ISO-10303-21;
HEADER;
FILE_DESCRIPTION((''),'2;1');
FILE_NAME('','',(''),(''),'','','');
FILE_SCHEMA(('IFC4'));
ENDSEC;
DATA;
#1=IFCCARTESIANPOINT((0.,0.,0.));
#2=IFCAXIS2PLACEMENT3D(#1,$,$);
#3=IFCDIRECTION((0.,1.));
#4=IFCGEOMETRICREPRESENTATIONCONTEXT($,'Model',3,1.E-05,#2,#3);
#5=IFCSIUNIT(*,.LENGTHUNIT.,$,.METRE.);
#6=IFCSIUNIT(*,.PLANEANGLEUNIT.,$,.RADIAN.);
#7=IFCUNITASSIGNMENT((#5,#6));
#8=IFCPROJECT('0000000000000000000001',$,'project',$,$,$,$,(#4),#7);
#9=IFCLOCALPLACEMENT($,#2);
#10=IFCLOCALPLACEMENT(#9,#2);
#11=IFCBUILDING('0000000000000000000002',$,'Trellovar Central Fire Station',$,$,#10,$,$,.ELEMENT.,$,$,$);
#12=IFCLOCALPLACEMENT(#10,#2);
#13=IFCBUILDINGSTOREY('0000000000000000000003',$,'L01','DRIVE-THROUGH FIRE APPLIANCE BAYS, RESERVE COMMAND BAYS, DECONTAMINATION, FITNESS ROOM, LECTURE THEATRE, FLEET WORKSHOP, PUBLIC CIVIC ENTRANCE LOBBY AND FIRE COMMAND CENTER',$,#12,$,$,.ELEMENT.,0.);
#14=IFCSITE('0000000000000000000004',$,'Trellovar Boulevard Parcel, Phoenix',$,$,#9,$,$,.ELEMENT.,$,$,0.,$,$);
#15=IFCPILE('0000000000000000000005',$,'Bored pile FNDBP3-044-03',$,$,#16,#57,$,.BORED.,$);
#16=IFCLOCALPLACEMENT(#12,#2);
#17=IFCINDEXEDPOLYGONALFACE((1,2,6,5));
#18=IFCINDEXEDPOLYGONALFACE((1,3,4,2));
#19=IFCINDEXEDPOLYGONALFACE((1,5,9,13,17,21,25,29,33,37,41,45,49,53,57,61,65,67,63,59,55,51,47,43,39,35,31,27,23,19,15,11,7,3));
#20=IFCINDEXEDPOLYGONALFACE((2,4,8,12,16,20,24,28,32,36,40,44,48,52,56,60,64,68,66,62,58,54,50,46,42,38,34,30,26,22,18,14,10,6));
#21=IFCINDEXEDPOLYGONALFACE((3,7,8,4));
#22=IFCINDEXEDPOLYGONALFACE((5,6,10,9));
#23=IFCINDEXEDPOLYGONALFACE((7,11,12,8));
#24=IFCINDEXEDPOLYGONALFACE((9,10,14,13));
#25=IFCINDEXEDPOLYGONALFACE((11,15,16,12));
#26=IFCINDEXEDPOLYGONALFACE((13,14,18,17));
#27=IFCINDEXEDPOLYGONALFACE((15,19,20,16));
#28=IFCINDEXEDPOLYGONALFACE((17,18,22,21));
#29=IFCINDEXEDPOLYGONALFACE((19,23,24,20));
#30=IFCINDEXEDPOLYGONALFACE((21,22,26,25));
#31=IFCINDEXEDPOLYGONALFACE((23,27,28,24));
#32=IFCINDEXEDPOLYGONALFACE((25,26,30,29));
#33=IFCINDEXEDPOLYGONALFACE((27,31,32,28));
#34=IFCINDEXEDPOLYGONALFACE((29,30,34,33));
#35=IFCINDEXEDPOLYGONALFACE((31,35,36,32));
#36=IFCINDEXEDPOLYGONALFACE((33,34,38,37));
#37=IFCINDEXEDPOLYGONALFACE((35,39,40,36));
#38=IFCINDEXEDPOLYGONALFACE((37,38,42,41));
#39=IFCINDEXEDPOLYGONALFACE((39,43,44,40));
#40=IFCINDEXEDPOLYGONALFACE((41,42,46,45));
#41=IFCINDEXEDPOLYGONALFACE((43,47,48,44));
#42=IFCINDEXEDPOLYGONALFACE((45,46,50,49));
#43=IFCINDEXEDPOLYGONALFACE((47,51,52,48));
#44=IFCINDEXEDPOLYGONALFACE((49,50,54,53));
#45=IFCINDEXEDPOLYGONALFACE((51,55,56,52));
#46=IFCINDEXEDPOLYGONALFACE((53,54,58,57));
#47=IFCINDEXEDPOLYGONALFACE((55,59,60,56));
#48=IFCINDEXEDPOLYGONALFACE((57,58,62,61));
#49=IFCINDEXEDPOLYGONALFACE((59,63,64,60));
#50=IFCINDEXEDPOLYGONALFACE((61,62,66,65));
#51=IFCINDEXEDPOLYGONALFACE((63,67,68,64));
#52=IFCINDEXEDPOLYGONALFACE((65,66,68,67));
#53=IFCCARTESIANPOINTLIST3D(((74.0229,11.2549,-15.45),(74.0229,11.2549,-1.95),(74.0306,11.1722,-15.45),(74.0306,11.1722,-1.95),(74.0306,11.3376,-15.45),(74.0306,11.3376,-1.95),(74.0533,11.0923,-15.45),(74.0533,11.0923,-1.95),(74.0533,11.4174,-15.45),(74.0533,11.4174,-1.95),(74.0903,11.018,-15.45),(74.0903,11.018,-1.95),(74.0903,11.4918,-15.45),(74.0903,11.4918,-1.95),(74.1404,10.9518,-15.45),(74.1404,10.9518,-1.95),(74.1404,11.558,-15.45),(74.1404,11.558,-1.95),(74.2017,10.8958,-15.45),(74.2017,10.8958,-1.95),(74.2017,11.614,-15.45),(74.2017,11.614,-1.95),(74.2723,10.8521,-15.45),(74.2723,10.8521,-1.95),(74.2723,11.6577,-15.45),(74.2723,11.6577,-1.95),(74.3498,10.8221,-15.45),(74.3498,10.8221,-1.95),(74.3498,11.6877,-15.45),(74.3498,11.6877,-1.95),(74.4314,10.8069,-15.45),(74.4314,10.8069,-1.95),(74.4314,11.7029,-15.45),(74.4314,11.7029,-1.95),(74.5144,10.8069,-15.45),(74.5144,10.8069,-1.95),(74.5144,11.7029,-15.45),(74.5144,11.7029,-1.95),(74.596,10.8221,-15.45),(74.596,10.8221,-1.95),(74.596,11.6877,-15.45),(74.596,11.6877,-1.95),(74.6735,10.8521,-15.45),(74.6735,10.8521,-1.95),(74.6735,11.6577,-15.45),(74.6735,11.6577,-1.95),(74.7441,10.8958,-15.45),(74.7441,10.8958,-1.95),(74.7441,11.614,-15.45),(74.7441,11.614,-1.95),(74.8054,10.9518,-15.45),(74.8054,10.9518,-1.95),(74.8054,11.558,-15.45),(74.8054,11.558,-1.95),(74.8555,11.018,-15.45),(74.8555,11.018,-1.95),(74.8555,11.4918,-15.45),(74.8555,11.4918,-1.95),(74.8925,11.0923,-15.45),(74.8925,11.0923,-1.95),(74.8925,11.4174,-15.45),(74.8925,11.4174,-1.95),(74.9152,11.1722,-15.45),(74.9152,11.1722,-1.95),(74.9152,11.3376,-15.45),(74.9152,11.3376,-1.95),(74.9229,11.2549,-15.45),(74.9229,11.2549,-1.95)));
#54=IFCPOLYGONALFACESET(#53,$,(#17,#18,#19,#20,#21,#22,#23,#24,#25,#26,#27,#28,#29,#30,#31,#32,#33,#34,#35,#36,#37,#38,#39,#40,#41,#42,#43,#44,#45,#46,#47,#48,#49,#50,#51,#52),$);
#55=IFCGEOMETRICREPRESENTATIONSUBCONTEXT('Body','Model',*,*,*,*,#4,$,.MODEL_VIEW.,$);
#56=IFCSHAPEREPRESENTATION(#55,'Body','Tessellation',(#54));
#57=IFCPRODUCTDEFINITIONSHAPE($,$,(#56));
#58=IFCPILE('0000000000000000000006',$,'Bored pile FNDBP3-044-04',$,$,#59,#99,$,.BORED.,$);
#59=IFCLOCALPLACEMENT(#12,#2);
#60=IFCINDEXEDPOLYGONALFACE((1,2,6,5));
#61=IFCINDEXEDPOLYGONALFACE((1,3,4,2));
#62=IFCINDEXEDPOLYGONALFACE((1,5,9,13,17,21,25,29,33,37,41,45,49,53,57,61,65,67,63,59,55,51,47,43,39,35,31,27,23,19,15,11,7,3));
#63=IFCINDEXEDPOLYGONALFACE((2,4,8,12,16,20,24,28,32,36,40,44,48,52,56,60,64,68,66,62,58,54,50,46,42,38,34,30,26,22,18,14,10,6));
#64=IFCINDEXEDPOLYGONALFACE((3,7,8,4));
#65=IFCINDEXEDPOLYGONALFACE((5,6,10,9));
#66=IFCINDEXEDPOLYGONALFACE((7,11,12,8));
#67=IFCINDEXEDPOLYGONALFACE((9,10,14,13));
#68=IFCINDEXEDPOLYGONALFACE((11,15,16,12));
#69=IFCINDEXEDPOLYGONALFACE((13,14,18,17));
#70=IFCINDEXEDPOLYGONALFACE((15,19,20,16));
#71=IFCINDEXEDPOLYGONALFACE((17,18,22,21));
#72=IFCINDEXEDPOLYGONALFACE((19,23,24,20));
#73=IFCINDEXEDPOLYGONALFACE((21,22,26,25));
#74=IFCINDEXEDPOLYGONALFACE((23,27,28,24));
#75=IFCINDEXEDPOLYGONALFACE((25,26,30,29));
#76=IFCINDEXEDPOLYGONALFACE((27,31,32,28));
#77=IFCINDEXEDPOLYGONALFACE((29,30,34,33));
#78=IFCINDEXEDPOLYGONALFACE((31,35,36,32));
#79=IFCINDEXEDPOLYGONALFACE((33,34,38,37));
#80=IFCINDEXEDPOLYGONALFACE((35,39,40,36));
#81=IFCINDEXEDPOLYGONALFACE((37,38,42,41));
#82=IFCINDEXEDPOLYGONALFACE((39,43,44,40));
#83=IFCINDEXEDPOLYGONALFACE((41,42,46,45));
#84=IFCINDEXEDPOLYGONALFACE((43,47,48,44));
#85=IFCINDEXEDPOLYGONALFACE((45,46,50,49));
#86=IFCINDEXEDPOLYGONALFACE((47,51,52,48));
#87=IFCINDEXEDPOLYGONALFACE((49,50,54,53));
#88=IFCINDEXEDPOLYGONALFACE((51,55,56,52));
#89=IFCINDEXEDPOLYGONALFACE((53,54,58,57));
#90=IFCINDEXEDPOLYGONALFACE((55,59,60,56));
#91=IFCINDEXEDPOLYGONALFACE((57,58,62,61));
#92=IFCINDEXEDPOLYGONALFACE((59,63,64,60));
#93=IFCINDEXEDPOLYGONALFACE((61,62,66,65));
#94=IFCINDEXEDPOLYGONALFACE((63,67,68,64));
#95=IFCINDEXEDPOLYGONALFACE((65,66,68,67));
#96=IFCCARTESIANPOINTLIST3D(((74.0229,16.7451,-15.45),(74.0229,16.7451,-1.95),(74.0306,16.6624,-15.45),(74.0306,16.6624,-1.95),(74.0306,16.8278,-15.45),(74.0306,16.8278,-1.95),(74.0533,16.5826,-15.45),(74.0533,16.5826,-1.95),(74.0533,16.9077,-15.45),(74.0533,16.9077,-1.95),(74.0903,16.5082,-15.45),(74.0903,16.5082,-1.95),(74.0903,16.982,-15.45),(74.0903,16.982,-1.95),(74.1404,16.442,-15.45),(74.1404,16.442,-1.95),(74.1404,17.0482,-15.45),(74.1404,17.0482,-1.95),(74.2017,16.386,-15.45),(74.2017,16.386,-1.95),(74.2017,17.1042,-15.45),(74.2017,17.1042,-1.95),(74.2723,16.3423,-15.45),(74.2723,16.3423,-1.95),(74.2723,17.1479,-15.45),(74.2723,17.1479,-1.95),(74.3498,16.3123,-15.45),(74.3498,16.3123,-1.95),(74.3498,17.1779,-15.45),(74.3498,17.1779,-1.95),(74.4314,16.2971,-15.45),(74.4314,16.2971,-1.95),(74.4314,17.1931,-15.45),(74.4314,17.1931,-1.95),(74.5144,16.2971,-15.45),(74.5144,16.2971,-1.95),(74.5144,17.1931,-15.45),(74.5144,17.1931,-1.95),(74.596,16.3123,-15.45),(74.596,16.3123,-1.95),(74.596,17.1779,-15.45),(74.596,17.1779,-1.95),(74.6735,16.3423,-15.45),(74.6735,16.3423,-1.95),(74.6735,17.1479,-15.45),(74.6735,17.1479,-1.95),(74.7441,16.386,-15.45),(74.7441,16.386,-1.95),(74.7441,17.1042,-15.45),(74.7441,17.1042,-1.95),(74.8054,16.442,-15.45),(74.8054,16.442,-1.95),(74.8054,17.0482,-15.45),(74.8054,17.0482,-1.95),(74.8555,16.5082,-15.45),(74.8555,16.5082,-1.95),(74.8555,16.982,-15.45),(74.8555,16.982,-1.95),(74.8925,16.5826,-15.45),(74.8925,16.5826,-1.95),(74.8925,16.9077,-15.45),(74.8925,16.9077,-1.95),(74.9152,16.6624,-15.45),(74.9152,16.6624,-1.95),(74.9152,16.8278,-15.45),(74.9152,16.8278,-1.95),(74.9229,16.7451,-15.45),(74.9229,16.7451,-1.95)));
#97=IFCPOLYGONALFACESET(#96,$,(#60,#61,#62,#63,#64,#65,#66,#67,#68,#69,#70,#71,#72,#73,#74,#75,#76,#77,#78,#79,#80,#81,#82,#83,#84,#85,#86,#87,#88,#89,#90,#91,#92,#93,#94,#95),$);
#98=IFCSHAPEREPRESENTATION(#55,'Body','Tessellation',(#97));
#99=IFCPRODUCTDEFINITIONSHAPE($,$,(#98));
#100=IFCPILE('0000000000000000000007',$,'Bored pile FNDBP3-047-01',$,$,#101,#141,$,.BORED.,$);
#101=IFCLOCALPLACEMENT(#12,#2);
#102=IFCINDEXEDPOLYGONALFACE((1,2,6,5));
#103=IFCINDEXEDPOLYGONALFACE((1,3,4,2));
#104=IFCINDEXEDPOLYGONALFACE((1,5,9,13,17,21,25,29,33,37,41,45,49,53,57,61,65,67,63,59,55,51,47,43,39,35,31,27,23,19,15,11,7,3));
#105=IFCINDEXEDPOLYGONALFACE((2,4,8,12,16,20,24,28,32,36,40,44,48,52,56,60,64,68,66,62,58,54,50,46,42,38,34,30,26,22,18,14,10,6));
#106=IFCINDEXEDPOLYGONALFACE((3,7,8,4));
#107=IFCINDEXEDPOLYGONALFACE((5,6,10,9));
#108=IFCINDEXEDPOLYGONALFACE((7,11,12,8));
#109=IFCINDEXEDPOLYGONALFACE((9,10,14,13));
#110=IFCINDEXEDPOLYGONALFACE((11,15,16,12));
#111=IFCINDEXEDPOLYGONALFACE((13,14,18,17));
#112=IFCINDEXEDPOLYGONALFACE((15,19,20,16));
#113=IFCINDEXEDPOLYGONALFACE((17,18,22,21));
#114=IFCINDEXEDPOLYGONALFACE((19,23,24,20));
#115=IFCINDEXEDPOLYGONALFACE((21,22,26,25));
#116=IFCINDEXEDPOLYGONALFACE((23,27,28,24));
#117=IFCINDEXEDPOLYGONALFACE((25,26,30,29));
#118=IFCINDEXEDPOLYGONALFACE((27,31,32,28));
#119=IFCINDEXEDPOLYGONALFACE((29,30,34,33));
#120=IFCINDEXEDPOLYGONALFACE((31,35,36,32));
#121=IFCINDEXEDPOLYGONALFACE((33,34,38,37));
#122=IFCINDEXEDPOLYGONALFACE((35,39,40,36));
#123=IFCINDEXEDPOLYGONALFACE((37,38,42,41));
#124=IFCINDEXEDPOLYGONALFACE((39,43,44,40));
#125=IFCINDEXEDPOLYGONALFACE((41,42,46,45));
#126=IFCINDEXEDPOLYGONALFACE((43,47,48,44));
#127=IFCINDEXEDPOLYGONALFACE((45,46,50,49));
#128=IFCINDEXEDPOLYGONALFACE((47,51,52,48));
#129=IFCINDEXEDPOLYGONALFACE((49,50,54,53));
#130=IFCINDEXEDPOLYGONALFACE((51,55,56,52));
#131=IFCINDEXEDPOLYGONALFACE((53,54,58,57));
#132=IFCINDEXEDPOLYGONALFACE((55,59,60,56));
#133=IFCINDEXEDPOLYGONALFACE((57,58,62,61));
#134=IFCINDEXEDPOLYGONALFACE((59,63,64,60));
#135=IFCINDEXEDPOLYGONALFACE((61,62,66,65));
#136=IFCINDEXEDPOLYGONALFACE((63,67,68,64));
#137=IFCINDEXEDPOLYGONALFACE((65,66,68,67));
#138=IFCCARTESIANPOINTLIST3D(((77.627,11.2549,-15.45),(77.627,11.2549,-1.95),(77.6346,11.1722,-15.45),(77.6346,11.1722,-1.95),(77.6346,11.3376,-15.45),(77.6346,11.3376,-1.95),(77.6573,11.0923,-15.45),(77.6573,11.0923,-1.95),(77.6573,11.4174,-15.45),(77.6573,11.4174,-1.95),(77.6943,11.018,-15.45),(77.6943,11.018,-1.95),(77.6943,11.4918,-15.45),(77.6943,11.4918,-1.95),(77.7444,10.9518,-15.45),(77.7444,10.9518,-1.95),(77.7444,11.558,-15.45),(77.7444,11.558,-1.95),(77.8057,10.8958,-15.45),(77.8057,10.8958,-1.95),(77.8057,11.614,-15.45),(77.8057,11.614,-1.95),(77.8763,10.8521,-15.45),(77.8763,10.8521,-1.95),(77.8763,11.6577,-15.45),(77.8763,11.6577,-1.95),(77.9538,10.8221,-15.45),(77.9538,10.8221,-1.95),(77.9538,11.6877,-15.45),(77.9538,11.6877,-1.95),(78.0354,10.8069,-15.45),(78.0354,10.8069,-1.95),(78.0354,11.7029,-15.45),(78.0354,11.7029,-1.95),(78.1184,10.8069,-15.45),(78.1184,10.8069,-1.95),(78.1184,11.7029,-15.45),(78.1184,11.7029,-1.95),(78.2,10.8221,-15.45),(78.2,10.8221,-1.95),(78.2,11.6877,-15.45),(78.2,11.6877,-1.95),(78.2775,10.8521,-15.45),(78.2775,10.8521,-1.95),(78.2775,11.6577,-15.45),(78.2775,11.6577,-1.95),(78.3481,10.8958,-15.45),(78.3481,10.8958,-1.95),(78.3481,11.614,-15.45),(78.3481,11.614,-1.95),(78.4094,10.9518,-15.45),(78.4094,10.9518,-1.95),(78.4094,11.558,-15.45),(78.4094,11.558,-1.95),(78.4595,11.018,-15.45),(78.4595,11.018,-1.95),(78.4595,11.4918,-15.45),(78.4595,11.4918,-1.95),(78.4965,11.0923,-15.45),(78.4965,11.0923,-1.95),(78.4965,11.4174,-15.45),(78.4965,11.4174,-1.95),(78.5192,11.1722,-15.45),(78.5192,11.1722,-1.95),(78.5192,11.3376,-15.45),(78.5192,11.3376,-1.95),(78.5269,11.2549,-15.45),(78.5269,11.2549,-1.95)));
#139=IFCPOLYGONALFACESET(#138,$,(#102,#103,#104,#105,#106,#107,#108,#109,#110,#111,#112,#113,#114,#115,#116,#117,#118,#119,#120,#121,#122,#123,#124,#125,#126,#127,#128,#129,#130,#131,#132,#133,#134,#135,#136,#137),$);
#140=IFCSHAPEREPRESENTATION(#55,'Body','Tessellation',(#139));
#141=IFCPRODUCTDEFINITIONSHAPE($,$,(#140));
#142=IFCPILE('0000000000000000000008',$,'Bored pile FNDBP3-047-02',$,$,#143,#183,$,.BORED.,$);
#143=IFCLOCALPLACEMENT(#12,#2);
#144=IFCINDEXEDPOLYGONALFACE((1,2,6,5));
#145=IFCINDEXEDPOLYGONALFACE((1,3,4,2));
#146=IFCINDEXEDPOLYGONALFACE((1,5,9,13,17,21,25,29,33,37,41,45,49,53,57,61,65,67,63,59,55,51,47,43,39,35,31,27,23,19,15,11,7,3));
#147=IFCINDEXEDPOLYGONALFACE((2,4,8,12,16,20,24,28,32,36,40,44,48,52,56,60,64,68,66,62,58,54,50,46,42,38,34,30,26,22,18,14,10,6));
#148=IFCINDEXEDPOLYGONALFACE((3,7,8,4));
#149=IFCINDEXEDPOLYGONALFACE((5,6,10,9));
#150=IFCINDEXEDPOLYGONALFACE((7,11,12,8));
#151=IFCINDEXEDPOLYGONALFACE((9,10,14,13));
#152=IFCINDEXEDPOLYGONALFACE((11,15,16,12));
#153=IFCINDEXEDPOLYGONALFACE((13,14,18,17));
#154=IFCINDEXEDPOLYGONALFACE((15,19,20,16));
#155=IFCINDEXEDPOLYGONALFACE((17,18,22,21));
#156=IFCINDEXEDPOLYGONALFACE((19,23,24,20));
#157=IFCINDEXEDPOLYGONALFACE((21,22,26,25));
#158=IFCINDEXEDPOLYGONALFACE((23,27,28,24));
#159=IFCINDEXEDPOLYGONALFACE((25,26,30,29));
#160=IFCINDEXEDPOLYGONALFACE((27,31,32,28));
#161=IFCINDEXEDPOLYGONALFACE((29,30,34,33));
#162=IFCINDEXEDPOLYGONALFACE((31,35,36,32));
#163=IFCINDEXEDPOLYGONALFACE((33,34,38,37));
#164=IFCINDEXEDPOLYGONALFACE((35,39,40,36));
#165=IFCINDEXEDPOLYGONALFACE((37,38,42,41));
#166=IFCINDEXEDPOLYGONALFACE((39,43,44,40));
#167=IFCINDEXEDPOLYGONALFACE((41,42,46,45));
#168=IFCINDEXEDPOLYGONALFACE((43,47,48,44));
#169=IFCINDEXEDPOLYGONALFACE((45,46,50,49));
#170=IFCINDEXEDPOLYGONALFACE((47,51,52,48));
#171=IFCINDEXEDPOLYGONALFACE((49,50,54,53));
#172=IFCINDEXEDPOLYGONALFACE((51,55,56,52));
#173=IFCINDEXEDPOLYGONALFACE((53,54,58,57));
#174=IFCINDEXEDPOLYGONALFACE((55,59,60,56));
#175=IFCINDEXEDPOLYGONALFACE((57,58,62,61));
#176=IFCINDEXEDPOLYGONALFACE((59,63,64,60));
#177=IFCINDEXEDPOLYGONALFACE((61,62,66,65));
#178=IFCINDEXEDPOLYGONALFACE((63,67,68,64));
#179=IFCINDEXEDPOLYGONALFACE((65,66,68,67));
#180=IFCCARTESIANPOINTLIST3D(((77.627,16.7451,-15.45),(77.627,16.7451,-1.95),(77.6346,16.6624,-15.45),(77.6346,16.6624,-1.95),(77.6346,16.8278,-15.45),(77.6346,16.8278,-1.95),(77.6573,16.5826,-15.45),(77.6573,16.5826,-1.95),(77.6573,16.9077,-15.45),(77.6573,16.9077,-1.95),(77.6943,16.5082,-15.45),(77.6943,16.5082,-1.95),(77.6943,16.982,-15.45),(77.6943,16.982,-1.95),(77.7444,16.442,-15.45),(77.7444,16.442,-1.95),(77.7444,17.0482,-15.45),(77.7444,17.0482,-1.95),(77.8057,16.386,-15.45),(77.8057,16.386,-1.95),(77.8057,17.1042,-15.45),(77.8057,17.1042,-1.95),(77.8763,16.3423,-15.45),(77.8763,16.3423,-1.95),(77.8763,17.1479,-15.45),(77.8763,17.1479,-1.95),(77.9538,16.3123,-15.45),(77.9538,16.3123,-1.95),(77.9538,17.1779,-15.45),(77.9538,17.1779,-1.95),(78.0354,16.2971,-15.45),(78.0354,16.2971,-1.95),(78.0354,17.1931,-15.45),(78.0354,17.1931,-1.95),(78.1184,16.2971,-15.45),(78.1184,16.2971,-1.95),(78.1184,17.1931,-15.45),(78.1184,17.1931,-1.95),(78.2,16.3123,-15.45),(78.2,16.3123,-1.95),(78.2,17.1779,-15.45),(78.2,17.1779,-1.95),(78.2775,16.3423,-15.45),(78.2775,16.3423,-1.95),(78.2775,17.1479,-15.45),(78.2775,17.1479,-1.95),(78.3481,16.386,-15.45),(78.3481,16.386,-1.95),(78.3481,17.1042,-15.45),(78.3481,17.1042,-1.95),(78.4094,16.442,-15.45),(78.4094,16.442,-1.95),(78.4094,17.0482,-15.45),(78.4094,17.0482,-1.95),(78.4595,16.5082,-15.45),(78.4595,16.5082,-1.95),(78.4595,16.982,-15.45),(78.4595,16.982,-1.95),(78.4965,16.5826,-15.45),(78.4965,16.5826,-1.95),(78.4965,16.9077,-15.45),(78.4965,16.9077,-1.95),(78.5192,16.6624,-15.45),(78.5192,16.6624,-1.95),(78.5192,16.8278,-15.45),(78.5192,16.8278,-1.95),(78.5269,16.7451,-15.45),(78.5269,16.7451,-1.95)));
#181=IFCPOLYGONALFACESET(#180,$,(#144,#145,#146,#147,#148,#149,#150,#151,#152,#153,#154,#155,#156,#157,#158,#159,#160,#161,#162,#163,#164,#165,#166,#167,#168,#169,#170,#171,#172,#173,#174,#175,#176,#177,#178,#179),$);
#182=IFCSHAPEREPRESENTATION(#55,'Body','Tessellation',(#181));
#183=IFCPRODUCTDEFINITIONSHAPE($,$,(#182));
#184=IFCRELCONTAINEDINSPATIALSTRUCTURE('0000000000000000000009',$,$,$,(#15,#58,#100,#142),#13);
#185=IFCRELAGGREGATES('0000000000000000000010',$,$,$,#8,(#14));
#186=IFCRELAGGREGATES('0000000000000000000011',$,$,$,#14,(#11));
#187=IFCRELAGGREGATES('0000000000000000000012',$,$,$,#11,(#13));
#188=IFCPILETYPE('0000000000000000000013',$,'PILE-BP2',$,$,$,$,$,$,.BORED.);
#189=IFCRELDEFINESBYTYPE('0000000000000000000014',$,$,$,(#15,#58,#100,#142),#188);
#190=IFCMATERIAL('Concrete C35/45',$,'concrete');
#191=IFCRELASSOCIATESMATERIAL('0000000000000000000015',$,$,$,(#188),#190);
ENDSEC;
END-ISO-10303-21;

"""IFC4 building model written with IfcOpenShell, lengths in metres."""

from ifc_helpers import new_model, si_unit, direction, frame, origin, origin_2d, place, context, subcontext, project, spatial, circle, extrude, material, material_profile, profile_set, type_object, element, save


model = new_model("IFC4")

# Units and contexts
model_context = context("Model", 3, precision=1e-05, world=origin(), true_north=direction((0.0, 1.0)))
body_context = subcontext(model_context, "Body", "Model", "MODEL_VIEW")
ifc_project = project(units=[si_unit("LENGTHUNIT", "METRE"), si_unit("PLANEANGLEUNIT", "RADIAN")], contexts=[model_context])

# Site, building, storey
site_placement = place(None, origin())
site = spatial("IfcSite", under=ifc_project, at=site_placement, Name="Trellovar Boulevard Parcel, Phoenix", CompositionType="ELEMENT", RefElevation=0.0)
building_placement = place(site_placement, origin())
building = spatial("IfcBuilding", under=site, at=building_placement, Name="Trellovar Central Fire Station", CompositionType="ELEMENT")
storey_placement = place(building_placement, origin())
storey = spatial("IfcBuildingStorey", under=building, at=storey_placement, Name="L01", Description="DRIVE-THROUGH FIRE APPLIANCE BAYS, RESERVE COMMAND BAYS, DECONTAMINATION, FITNESS ROOM, LECTURE THEATRE, FLEET WORKSHOP, PUBLIC CIVIC ENTRANCE LOBBY AND FIRE COMMAND CENTER", CompositionType="ELEMENT", Elevation=0.0)

# Piles
ifc_material_1 = material(Name="Concrete C35/45", Category="concrete")
ifc_material_profile_1 = material_profile(ifc_material_1, circle(Radius=0.45, at=origin_2d()), Name="PILE900")
ifc_profile_set_1 = profile_set([ifc_material_profile_1], Name="Concrete C35/45")
pile_type = type_object("IfcPileType", Name="PILE-BP2", PredefinedType="BORED", material=ifc_profile_set_1)
for number, where, z_axis, x_axis, name in (
    (1, (74.4729, 11.2549, -1.95), (0.0, 0.0, -1.0), (1.0, 0.0, 0.0), "Bored pile FNDBP3-044-03"),
    (2, (74.4729, 16.7451, -1.95), (0.0, 0.0, -1.0), (1.0, 0.0, 0.0), "Bored pile FNDBP3-044-04"),
    (3, (78.0769, 11.2549, -1.95), (0.0, 0.0, -1.0), (1.0, 0.0, 0.0), "Bored pile FNDBP3-047-01"),
    (4, (78.0769, 16.7451, -1.95), (0.0, 0.0, -1.0), (1.0, 0.0, 0.0), "Bored pile FNDBP3-047-02"),
):
    element("IfcPile", number, at=place(storey_placement, frame(where, z_axis=z_axis, x_axis=x_axis)), inside=storey, type_object=pile_type, Name=name, PredefinedType="BORED", context=body_context, shape_type="SweptSolid", body=[
        extrude(circle(Radius=0.45, at=origin_2d()), origin(), (0.0, 0.0, 1.0), 13.5),
    ])

save(model, "model.ifc")
